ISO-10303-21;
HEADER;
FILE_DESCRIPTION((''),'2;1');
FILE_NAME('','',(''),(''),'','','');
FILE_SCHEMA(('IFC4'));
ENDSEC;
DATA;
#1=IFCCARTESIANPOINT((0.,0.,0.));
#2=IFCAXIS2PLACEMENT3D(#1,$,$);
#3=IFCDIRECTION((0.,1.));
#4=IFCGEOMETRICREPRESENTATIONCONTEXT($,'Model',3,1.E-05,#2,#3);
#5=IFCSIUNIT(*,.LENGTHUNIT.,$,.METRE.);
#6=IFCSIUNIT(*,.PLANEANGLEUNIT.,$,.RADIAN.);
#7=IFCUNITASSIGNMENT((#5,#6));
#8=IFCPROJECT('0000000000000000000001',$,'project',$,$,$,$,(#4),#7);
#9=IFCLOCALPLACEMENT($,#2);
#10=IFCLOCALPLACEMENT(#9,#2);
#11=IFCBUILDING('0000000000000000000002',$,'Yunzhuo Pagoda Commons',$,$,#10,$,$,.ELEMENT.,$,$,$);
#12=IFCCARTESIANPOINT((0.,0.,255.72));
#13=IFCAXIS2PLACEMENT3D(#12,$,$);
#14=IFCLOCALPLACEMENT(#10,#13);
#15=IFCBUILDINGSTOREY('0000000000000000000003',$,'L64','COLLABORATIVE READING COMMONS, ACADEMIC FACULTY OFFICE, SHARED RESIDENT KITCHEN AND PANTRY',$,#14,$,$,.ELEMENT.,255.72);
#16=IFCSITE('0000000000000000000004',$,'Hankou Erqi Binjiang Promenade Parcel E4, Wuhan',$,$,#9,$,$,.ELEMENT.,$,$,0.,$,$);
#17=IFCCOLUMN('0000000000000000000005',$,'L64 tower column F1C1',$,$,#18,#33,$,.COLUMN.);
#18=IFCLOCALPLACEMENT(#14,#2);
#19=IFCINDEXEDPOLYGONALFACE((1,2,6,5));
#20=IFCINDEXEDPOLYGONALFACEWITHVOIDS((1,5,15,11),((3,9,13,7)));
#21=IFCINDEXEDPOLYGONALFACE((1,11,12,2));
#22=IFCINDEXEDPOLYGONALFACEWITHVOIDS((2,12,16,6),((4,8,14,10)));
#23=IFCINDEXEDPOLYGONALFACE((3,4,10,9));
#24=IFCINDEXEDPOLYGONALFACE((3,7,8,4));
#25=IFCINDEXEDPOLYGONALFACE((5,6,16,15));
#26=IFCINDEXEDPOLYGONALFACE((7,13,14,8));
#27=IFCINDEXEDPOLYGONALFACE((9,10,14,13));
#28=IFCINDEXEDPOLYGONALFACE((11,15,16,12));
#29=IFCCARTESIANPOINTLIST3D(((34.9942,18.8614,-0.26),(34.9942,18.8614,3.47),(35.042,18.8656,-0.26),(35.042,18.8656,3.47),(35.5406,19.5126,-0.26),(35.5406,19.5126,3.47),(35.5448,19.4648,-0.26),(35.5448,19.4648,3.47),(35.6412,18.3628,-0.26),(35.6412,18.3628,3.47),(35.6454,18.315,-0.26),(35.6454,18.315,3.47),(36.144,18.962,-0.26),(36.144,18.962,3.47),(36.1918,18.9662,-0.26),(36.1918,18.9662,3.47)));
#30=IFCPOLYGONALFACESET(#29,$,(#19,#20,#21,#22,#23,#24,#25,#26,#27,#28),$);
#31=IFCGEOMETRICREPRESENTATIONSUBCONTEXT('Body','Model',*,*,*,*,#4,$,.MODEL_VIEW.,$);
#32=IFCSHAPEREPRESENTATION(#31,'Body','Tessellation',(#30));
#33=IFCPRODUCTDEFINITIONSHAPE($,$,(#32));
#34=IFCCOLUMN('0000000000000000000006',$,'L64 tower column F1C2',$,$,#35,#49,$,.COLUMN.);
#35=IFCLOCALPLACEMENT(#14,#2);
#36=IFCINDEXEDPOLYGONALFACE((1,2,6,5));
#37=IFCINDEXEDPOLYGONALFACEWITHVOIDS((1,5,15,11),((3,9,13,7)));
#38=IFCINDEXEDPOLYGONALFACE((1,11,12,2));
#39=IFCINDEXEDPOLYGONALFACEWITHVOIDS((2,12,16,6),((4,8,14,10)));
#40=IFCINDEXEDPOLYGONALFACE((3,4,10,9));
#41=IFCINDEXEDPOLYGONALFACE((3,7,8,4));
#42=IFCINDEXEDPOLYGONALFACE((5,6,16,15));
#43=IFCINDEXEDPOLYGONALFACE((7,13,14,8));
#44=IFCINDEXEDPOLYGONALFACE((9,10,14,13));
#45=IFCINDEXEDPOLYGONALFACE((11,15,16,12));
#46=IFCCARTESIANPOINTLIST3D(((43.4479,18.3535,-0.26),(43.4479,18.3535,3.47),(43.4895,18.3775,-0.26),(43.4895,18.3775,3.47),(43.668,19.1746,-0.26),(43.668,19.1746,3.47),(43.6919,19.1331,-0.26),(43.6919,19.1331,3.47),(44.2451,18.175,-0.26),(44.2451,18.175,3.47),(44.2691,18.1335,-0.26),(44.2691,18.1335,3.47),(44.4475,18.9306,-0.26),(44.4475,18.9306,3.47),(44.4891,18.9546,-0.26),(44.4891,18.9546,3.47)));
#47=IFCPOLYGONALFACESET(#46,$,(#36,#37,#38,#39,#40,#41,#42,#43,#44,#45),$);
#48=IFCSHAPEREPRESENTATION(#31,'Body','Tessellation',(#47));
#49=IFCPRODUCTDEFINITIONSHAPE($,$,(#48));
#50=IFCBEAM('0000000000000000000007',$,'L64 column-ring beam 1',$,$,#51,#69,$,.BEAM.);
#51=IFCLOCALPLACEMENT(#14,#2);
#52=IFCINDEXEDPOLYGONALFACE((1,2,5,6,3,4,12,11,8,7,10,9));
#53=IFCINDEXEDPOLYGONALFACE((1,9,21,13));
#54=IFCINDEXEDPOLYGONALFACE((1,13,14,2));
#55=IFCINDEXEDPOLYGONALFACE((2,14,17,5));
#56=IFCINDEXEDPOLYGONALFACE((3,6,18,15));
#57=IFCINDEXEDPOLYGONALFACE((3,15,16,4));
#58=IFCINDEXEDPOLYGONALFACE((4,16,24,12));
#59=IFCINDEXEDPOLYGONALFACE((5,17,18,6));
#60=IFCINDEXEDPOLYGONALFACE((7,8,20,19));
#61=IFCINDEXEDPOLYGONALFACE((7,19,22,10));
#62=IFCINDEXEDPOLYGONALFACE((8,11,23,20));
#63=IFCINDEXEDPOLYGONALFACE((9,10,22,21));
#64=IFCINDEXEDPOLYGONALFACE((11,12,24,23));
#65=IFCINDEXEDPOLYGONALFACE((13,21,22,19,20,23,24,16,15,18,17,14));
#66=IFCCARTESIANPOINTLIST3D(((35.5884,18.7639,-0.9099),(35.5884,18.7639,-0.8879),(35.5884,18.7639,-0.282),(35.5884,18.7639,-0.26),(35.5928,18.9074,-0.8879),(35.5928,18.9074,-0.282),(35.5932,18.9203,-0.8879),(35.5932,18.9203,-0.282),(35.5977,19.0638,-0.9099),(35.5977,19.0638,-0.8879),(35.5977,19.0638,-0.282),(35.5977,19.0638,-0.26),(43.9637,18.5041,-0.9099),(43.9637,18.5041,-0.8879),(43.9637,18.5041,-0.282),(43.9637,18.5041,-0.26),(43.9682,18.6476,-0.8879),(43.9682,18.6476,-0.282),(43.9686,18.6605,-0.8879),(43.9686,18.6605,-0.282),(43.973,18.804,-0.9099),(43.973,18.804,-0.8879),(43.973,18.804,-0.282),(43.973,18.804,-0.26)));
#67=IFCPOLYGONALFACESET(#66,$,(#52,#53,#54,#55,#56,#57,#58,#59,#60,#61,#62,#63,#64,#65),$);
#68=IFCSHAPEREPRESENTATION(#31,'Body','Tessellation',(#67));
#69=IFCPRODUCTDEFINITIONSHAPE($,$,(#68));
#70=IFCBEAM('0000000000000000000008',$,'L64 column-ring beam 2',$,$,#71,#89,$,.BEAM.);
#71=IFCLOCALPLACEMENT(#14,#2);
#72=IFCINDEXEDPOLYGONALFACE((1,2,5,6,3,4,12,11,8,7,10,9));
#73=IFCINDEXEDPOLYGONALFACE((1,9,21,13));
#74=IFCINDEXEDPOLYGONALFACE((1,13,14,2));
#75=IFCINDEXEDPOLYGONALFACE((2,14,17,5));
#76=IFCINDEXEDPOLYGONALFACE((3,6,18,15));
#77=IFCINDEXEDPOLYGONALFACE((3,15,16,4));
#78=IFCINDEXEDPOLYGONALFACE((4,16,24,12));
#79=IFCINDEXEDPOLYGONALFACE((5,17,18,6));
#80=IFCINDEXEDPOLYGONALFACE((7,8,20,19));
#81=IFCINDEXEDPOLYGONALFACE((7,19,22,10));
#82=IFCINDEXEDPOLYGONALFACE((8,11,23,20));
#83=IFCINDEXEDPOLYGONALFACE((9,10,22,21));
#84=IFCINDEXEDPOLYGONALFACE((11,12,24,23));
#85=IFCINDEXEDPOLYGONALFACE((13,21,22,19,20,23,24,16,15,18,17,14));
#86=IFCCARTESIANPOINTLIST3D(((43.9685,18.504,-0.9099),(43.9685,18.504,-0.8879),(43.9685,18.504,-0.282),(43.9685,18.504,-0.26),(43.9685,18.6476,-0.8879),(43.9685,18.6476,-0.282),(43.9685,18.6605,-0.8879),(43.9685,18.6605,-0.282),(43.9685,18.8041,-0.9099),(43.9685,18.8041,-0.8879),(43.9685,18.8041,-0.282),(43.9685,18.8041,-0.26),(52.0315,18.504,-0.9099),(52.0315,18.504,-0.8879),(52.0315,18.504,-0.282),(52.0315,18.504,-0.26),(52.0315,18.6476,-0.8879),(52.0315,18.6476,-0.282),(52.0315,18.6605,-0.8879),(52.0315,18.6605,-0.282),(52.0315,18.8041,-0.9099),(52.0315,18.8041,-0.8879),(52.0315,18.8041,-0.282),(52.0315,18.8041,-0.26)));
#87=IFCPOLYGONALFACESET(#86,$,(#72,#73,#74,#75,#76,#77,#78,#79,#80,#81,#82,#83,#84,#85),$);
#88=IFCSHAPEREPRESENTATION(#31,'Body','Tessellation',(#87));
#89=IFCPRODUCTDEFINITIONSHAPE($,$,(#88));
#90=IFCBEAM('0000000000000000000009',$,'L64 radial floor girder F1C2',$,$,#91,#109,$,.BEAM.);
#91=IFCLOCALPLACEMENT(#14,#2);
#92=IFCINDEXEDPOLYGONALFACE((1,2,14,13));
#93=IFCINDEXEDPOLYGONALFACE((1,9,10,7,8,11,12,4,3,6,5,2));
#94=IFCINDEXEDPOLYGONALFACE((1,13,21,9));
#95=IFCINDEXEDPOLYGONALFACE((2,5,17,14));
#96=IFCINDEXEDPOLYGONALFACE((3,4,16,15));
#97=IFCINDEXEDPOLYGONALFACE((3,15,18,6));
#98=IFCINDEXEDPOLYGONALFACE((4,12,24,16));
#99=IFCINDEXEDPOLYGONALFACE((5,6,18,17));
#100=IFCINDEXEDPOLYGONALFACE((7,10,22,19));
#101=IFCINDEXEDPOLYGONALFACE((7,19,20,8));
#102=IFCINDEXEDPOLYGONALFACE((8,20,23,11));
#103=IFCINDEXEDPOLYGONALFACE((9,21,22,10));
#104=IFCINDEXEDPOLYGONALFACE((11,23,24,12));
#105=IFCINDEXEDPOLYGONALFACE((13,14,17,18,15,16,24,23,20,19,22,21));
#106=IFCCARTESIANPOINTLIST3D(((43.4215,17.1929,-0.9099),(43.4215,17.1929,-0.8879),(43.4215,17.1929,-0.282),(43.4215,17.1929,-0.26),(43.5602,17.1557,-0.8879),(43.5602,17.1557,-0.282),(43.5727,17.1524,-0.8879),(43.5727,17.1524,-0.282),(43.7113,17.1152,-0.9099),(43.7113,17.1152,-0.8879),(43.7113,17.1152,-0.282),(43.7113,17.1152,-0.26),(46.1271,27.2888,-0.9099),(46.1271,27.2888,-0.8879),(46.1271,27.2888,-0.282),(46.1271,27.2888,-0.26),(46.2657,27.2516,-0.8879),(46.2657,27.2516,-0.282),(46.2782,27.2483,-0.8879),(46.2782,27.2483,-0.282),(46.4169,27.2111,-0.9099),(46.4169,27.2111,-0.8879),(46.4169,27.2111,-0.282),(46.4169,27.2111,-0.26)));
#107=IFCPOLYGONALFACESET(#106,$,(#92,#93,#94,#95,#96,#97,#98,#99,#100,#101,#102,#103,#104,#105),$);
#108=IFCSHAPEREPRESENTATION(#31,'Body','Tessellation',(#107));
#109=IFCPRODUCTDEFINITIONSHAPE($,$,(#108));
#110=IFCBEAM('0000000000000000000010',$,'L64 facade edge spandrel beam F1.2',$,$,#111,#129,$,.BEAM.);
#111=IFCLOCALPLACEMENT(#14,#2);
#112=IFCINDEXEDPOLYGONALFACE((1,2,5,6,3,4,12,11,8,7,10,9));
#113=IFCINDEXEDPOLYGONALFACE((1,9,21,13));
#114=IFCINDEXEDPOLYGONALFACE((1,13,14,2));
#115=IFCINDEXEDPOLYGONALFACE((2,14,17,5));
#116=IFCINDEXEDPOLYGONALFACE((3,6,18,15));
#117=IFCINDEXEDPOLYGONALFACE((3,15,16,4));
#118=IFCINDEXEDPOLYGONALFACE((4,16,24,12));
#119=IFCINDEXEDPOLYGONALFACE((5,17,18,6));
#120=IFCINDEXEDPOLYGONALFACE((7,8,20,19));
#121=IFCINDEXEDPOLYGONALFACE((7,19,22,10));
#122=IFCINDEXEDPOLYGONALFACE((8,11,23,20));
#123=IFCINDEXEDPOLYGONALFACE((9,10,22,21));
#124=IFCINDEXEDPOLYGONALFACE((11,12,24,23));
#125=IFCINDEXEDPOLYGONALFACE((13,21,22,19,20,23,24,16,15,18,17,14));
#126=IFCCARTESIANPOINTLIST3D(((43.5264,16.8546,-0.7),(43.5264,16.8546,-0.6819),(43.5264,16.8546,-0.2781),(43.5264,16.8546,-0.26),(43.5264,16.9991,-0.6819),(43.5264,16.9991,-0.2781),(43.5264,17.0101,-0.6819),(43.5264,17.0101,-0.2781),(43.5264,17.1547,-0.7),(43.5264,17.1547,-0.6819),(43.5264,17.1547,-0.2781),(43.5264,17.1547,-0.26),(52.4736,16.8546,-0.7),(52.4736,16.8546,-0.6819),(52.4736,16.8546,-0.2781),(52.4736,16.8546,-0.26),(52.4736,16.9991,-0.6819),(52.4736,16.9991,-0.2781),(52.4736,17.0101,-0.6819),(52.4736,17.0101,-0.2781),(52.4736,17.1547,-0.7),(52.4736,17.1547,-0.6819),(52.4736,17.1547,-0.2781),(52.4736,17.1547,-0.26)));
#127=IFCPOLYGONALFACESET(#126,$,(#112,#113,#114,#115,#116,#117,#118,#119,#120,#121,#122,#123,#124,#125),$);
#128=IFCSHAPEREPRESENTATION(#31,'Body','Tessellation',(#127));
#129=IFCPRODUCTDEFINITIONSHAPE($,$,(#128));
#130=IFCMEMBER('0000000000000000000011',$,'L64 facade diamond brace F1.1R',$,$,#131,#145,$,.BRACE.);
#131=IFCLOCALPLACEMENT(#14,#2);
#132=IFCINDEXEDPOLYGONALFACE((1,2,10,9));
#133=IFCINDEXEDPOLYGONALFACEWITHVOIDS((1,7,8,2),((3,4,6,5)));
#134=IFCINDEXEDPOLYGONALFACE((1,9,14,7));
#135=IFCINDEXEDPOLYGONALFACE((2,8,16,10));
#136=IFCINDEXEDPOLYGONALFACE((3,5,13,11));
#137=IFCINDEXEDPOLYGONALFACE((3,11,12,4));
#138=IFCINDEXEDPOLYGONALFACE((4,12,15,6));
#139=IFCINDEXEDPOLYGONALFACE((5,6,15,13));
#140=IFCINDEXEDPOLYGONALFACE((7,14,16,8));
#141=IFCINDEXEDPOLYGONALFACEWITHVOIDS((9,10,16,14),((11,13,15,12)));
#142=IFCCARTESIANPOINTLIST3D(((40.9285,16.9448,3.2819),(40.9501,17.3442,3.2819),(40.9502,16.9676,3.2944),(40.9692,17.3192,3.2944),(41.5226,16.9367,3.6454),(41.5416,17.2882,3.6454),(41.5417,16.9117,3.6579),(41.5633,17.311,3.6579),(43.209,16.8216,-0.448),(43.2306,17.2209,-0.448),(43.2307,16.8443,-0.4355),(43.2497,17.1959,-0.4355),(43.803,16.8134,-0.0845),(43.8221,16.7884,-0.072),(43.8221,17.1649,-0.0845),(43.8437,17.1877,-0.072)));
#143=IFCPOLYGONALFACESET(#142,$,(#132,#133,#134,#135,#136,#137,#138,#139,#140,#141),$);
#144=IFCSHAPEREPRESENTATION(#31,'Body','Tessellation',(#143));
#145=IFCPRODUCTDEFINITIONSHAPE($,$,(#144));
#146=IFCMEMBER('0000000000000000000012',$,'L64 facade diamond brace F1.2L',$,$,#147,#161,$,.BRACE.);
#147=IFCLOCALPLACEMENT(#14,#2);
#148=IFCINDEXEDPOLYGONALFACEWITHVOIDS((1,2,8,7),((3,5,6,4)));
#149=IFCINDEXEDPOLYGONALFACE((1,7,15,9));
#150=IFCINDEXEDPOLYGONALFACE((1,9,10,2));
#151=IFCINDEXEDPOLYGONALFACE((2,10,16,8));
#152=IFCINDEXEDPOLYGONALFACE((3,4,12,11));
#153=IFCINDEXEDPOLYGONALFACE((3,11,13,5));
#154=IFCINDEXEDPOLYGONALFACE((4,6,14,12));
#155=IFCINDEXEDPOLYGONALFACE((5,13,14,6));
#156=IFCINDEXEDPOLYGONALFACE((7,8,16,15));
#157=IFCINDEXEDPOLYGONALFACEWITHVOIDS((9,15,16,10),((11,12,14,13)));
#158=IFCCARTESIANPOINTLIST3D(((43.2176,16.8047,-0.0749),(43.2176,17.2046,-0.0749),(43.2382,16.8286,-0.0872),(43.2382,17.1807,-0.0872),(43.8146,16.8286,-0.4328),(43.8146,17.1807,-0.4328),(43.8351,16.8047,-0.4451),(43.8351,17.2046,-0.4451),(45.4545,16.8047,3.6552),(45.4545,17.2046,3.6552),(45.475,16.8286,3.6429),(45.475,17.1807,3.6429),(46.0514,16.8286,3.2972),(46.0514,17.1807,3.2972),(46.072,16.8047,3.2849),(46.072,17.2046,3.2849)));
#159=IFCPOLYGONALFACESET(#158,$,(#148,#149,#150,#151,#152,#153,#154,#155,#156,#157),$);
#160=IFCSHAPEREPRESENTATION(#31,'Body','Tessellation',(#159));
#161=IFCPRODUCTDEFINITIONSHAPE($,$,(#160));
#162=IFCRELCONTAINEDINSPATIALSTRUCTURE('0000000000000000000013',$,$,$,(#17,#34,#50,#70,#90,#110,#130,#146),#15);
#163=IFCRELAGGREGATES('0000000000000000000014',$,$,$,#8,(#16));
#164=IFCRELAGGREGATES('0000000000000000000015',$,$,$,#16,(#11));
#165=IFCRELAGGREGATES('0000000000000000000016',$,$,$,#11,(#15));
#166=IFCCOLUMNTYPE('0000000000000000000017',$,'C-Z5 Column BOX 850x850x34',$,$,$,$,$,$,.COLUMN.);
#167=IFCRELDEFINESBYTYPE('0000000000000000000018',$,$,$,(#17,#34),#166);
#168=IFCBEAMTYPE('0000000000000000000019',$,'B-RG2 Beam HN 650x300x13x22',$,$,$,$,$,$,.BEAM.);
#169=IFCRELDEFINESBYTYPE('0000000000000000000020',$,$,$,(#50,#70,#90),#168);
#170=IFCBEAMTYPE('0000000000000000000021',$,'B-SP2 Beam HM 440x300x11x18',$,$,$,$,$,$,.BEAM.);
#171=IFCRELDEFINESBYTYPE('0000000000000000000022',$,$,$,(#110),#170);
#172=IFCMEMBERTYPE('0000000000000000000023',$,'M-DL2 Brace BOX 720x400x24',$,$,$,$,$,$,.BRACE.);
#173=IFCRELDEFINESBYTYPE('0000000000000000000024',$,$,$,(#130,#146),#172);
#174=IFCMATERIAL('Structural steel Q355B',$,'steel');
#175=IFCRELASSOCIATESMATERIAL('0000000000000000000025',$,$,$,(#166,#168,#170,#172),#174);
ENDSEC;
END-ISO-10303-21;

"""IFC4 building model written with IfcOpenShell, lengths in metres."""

from ifc_helpers import new_model, si_unit, direction, frame, origin, origin_2d, place, context, subcontext, project, spatial, hollow_rectangle, i_section, extrude, source, transform, mapped, material, material_profile, profile_set, type_object, element, save


model = new_model("IFC4")

# Units and contexts
model_context = context("Model", 3, precision=1e-05, world=origin(), true_north=direction((0.0, 1.0)))
body_context = subcontext(model_context, "Body", "Model", "MODEL_VIEW")
ifc_project = project(units=[si_unit("LENGTHUNIT", "METRE"), si_unit("PLANEANGLEUNIT", "RADIAN")], contexts=[model_context])

# Site, building, storey
site_placement = place(None, origin())
site = spatial("IfcSite", under=ifc_project, at=site_placement, Name="Hankou Erqi Binjiang Promenade Parcel E4, Wuhan", CompositionType="ELEMENT", RefElevation=0.0)
building_placement = place(site_placement, origin())
building = spatial("IfcBuilding", under=site, at=building_placement, Name="Yunzhuo Pagoda Commons", CompositionType="ELEMENT")
storey_placement = place(building_placement, frame((0.0, 0.0, 255.72)))
storey = spatial("IfcBuildingStorey", under=building, at=storey_placement, Name="L64", Description="COLLABORATIVE READING COMMONS, ACADEMIC FACULTY OFFICE, SHARED RESIDENT KITCHEN AND PANTRY", CompositionType="ELEMENT", Elevation=255.72)

# Columns
ifc_material_1 = material(Name="Structural steel Q355B", Category="steel")
ifc_material_profile_1 = material_profile(ifc_material_1, hollow_rectangle(XDim=0.8501, YDim=0.8501, WallThickness=0.0339, at=origin_2d()), Name="Structural steel Q355B")
ifc_profile_set_1 = profile_set([ifc_material_profile_1], Name="Structural steel Q355B")
column_type = type_object("IfcColumnType", Name="C-Z5 Column BOX 850x850x34", PredefinedType="COLUMN", material=ifc_profile_set_1)
shared_shape_1 = source(origin(), body_context, "Body", "SweptSolid", [
    extrude(hollow_rectangle(XDim=0.8501, YDim=0.8501, WallThickness=0.0339, at=origin_2d()), origin(), (0.0, 0.0, 1.0), 3.73),
])
for number, where, z_axis, x_axis, name in (
    (1, (35.593, 18.9138, -0.26), (0.0, 0.0, 1.0), (0.766044, -0.642788, 0.0), "L64 tower column F1C1"),
    (2, (43.9685, 18.6541, -0.26), (0.0, 0.0, 1.0), (0.965926, -0.258819, 0.0), "L64 tower column F1C2"),
):
    element("IfcColumn", number, at=place(storey_placement, frame(where, z_axis=z_axis, x_axis=x_axis)), inside=storey, type_object=column_type, Name=name, PredefinedType="COLUMN", context=body_context, shape_type="MappedRepresentation", body=[
        mapped(shared_shape_1, transform((0.0, 0.0, 0.0), scale=1.0)),
    ])

# Beams
ifc_material_profile_2 = material_profile(ifc_material_1, i_section(OverallWidth=0.3, OverallDepth=0.6499, WebThickness=0.0129, FlangeThickness=0.022, at=origin_2d()), Name="Structural steel Q355B")
ifc_profile_set_2 = profile_set([ifc_material_profile_2], Name="Structural steel Q355B")
beam_type_1 = type_object("IfcBeamType", Name="B-RG2 Beam HN 650x300x13x22", PredefinedType="BEAM", material=ifc_profile_set_2)
shared_shape_2 = source(origin(), body_context, "Body", "SweptSolid", [
    extrude(i_section(OverallWidth=0.3, OverallDepth=0.6499, WebThickness=0.0129, FlangeThickness=0.022, at=origin_2d()), origin(), (0.0, 0.0, 1.0), 8.3794),
])
beam_1_placement = place(storey_placement, frame((35.593, 18.9138, -0.585), z_axis=(0.999519, -0.031, 0.0), x_axis=(0.031, 0.999519, 0.0)))
element("IfcBeam", 3, at=beam_1_placement, inside=storey, type_object=beam_type_1, Name="L64 column-ring beam 1", PredefinedType="BEAM", context=body_context, shape_type="MappedRepresentation", body=[
    mapped(shared_shape_2, transform((0.0, 0.0, 0.0), scale=1.0)),
])
shared_shape_3 = source(origin(), body_context, "Body", "SweptSolid", [
    extrude(i_section(OverallWidth=0.3, OverallDepth=0.6499, WebThickness=0.0129, FlangeThickness=0.022, at=origin_2d()), origin(), (0.0, 0.0, 1.0), 8.063),
])
beam_2_placement = place(storey_placement, frame((43.9685, 18.6541, -0.585), z_axis=(1.0, 0.0, 0.0), x_axis=(0.0, 1.0, 0.0)))
element("IfcBeam", 4, at=beam_2_placement, inside=storey, type_object=beam_type_1, Name="L64 column-ring beam 2", PredefinedType="BEAM", context=body_context, shape_type="MappedRepresentation", body=[
    mapped(shared_shape_3, transform((0.0, 0.0, 0.0), scale=1.0)),
])
shared_shape_4 = source(origin(), body_context, "Body", "SweptSolid", [
    extrude(i_section(OverallWidth=0.3, OverallDepth=0.6499, WebThickness=0.0129, FlangeThickness=0.022, at=origin_2d()), origin(), (0.0, 0.0, 1.0), 10.4521),
])
beam_3_placement = place(storey_placement, frame((43.5664, 17.1541, -0.585), z_axis=(0.258852, 0.965917, 0.0), x_axis=(-0.965917, 0.258852, 0.0)))
element("IfcBeam", 5, at=beam_3_placement, inside=storey, type_object=beam_type_1, Name="L64 radial floor girder F1C2", PredefinedType="BEAM", context=body_context, shape_type="MappedRepresentation", body=[
    mapped(shared_shape_4, transform((0.0, 0.0, 0.0), scale=1.0)),
])
ifc_material_profile_3 = material_profile(ifc_material_1, i_section(OverallWidth=0.3, OverallDepth=0.4399, WebThickness=0.011, FlangeThickness=0.0181, at=origin_2d()), Name="Structural steel Q355B")
ifc_profile_set_3 = profile_set([ifc_material_profile_3], Name="Structural steel Q355B")
beam_type_2 = type_object("IfcBeamType", Name="B-SP2 Beam HM 440x300x11x18", PredefinedType="BEAM", material=ifc_profile_set_3)
shared_shape_5 = source(origin(), body_context, "Body", "SweptSolid", [
    extrude(i_section(OverallWidth=0.3, OverallDepth=0.4399, WebThickness=0.011, FlangeThickness=0.0181, at=origin_2d()), origin(), (0.0, 0.0, 1.0), 8.9473),
])
beam_4_placement = place(storey_placement, frame((43.5264, 17.0046, -0.48), z_axis=(1.0, 0.0, 0.0), x_axis=(0.0, 1.0, 0.0)))
element("IfcBeam", 6, at=beam_4_placement, inside=storey, type_object=beam_type_2, Name="L64 facade edge spandrel beam F1.2", PredefinedType="BEAM", context=body_context, shape_type="MappedRepresentation", body=[
    mapped(shared_shape_5, transform((0.0, 0.0, 0.0), scale=1.0)),
])

# Members
ifc_material_profile_4 = material_profile(ifc_material_1, hollow_rectangle(XDim=0.3999, YDim=0.72, WallThickness=0.0239, at=origin_2d()), Name="Structural steel Q355B")
ifc_profile_set_4 = profile_set([ifc_material_profile_4], Name="Structural steel Q355B")
member_type_1 = type_object("IfcMemberType", Name="M-DL2 Brace BOX 720x400x24", PredefinedType="BRACE", material=ifc_profile_set_4)
shared_shape_6 = source(origin(), body_context, "Body", "SweptSolid", [
    extrude(hollow_rectangle(XDim=0.3999, YDim=0.72, WallThickness=0.0239, at=origin_2d()), origin(), (0.0, 0.0, 1.0), 4.3735),
])
member_1_placement = place(storey_placement, frame((43.5264, 17.0046, -0.26), z_axis=(-0.521423, 0.02819, 0.852832), x_axis=(-0.053984, -0.998542, 0.0)))
element("IfcMember", 7, at=member_1_placement, inside=storey, type_object=member_type_1, Name="L64 facade diamond brace F1.1R", PredefinedType="BRACE", context=body_context, shape_type="MappedRepresentation", body=[
    mapped(shared_shape_6, transform((0.0, 0.0, 0.0), scale=1.0)),
])
shared_shape_7 = source(origin(), body_context, "Body", "SweptSolid", [
    extrude(hollow_rectangle(XDim=0.3999, YDim=0.72, WallThickness=0.0239, at=origin_2d()), origin(), (0.0, 0.0, 1.0), 4.3494),
])
member_2_placement = place(storey_placement, frame((43.5264, 17.0046, -0.26), z_axis=(0.514298, 0.0, 0.857612), x_axis=(0.0, 1.0, 0.0)))
element("IfcMember", 8, at=member_2_placement, inside=storey, type_object=member_type_1, Name="L64 facade diamond brace F1.2L", PredefinedType="BRACE", context=body_context, shape_type="MappedRepresentation", body=[
    mapped(shared_shape_7, transform((0.0, 0.0, 0.0), scale=1.0)),
])

save(model, "model.ifc")
